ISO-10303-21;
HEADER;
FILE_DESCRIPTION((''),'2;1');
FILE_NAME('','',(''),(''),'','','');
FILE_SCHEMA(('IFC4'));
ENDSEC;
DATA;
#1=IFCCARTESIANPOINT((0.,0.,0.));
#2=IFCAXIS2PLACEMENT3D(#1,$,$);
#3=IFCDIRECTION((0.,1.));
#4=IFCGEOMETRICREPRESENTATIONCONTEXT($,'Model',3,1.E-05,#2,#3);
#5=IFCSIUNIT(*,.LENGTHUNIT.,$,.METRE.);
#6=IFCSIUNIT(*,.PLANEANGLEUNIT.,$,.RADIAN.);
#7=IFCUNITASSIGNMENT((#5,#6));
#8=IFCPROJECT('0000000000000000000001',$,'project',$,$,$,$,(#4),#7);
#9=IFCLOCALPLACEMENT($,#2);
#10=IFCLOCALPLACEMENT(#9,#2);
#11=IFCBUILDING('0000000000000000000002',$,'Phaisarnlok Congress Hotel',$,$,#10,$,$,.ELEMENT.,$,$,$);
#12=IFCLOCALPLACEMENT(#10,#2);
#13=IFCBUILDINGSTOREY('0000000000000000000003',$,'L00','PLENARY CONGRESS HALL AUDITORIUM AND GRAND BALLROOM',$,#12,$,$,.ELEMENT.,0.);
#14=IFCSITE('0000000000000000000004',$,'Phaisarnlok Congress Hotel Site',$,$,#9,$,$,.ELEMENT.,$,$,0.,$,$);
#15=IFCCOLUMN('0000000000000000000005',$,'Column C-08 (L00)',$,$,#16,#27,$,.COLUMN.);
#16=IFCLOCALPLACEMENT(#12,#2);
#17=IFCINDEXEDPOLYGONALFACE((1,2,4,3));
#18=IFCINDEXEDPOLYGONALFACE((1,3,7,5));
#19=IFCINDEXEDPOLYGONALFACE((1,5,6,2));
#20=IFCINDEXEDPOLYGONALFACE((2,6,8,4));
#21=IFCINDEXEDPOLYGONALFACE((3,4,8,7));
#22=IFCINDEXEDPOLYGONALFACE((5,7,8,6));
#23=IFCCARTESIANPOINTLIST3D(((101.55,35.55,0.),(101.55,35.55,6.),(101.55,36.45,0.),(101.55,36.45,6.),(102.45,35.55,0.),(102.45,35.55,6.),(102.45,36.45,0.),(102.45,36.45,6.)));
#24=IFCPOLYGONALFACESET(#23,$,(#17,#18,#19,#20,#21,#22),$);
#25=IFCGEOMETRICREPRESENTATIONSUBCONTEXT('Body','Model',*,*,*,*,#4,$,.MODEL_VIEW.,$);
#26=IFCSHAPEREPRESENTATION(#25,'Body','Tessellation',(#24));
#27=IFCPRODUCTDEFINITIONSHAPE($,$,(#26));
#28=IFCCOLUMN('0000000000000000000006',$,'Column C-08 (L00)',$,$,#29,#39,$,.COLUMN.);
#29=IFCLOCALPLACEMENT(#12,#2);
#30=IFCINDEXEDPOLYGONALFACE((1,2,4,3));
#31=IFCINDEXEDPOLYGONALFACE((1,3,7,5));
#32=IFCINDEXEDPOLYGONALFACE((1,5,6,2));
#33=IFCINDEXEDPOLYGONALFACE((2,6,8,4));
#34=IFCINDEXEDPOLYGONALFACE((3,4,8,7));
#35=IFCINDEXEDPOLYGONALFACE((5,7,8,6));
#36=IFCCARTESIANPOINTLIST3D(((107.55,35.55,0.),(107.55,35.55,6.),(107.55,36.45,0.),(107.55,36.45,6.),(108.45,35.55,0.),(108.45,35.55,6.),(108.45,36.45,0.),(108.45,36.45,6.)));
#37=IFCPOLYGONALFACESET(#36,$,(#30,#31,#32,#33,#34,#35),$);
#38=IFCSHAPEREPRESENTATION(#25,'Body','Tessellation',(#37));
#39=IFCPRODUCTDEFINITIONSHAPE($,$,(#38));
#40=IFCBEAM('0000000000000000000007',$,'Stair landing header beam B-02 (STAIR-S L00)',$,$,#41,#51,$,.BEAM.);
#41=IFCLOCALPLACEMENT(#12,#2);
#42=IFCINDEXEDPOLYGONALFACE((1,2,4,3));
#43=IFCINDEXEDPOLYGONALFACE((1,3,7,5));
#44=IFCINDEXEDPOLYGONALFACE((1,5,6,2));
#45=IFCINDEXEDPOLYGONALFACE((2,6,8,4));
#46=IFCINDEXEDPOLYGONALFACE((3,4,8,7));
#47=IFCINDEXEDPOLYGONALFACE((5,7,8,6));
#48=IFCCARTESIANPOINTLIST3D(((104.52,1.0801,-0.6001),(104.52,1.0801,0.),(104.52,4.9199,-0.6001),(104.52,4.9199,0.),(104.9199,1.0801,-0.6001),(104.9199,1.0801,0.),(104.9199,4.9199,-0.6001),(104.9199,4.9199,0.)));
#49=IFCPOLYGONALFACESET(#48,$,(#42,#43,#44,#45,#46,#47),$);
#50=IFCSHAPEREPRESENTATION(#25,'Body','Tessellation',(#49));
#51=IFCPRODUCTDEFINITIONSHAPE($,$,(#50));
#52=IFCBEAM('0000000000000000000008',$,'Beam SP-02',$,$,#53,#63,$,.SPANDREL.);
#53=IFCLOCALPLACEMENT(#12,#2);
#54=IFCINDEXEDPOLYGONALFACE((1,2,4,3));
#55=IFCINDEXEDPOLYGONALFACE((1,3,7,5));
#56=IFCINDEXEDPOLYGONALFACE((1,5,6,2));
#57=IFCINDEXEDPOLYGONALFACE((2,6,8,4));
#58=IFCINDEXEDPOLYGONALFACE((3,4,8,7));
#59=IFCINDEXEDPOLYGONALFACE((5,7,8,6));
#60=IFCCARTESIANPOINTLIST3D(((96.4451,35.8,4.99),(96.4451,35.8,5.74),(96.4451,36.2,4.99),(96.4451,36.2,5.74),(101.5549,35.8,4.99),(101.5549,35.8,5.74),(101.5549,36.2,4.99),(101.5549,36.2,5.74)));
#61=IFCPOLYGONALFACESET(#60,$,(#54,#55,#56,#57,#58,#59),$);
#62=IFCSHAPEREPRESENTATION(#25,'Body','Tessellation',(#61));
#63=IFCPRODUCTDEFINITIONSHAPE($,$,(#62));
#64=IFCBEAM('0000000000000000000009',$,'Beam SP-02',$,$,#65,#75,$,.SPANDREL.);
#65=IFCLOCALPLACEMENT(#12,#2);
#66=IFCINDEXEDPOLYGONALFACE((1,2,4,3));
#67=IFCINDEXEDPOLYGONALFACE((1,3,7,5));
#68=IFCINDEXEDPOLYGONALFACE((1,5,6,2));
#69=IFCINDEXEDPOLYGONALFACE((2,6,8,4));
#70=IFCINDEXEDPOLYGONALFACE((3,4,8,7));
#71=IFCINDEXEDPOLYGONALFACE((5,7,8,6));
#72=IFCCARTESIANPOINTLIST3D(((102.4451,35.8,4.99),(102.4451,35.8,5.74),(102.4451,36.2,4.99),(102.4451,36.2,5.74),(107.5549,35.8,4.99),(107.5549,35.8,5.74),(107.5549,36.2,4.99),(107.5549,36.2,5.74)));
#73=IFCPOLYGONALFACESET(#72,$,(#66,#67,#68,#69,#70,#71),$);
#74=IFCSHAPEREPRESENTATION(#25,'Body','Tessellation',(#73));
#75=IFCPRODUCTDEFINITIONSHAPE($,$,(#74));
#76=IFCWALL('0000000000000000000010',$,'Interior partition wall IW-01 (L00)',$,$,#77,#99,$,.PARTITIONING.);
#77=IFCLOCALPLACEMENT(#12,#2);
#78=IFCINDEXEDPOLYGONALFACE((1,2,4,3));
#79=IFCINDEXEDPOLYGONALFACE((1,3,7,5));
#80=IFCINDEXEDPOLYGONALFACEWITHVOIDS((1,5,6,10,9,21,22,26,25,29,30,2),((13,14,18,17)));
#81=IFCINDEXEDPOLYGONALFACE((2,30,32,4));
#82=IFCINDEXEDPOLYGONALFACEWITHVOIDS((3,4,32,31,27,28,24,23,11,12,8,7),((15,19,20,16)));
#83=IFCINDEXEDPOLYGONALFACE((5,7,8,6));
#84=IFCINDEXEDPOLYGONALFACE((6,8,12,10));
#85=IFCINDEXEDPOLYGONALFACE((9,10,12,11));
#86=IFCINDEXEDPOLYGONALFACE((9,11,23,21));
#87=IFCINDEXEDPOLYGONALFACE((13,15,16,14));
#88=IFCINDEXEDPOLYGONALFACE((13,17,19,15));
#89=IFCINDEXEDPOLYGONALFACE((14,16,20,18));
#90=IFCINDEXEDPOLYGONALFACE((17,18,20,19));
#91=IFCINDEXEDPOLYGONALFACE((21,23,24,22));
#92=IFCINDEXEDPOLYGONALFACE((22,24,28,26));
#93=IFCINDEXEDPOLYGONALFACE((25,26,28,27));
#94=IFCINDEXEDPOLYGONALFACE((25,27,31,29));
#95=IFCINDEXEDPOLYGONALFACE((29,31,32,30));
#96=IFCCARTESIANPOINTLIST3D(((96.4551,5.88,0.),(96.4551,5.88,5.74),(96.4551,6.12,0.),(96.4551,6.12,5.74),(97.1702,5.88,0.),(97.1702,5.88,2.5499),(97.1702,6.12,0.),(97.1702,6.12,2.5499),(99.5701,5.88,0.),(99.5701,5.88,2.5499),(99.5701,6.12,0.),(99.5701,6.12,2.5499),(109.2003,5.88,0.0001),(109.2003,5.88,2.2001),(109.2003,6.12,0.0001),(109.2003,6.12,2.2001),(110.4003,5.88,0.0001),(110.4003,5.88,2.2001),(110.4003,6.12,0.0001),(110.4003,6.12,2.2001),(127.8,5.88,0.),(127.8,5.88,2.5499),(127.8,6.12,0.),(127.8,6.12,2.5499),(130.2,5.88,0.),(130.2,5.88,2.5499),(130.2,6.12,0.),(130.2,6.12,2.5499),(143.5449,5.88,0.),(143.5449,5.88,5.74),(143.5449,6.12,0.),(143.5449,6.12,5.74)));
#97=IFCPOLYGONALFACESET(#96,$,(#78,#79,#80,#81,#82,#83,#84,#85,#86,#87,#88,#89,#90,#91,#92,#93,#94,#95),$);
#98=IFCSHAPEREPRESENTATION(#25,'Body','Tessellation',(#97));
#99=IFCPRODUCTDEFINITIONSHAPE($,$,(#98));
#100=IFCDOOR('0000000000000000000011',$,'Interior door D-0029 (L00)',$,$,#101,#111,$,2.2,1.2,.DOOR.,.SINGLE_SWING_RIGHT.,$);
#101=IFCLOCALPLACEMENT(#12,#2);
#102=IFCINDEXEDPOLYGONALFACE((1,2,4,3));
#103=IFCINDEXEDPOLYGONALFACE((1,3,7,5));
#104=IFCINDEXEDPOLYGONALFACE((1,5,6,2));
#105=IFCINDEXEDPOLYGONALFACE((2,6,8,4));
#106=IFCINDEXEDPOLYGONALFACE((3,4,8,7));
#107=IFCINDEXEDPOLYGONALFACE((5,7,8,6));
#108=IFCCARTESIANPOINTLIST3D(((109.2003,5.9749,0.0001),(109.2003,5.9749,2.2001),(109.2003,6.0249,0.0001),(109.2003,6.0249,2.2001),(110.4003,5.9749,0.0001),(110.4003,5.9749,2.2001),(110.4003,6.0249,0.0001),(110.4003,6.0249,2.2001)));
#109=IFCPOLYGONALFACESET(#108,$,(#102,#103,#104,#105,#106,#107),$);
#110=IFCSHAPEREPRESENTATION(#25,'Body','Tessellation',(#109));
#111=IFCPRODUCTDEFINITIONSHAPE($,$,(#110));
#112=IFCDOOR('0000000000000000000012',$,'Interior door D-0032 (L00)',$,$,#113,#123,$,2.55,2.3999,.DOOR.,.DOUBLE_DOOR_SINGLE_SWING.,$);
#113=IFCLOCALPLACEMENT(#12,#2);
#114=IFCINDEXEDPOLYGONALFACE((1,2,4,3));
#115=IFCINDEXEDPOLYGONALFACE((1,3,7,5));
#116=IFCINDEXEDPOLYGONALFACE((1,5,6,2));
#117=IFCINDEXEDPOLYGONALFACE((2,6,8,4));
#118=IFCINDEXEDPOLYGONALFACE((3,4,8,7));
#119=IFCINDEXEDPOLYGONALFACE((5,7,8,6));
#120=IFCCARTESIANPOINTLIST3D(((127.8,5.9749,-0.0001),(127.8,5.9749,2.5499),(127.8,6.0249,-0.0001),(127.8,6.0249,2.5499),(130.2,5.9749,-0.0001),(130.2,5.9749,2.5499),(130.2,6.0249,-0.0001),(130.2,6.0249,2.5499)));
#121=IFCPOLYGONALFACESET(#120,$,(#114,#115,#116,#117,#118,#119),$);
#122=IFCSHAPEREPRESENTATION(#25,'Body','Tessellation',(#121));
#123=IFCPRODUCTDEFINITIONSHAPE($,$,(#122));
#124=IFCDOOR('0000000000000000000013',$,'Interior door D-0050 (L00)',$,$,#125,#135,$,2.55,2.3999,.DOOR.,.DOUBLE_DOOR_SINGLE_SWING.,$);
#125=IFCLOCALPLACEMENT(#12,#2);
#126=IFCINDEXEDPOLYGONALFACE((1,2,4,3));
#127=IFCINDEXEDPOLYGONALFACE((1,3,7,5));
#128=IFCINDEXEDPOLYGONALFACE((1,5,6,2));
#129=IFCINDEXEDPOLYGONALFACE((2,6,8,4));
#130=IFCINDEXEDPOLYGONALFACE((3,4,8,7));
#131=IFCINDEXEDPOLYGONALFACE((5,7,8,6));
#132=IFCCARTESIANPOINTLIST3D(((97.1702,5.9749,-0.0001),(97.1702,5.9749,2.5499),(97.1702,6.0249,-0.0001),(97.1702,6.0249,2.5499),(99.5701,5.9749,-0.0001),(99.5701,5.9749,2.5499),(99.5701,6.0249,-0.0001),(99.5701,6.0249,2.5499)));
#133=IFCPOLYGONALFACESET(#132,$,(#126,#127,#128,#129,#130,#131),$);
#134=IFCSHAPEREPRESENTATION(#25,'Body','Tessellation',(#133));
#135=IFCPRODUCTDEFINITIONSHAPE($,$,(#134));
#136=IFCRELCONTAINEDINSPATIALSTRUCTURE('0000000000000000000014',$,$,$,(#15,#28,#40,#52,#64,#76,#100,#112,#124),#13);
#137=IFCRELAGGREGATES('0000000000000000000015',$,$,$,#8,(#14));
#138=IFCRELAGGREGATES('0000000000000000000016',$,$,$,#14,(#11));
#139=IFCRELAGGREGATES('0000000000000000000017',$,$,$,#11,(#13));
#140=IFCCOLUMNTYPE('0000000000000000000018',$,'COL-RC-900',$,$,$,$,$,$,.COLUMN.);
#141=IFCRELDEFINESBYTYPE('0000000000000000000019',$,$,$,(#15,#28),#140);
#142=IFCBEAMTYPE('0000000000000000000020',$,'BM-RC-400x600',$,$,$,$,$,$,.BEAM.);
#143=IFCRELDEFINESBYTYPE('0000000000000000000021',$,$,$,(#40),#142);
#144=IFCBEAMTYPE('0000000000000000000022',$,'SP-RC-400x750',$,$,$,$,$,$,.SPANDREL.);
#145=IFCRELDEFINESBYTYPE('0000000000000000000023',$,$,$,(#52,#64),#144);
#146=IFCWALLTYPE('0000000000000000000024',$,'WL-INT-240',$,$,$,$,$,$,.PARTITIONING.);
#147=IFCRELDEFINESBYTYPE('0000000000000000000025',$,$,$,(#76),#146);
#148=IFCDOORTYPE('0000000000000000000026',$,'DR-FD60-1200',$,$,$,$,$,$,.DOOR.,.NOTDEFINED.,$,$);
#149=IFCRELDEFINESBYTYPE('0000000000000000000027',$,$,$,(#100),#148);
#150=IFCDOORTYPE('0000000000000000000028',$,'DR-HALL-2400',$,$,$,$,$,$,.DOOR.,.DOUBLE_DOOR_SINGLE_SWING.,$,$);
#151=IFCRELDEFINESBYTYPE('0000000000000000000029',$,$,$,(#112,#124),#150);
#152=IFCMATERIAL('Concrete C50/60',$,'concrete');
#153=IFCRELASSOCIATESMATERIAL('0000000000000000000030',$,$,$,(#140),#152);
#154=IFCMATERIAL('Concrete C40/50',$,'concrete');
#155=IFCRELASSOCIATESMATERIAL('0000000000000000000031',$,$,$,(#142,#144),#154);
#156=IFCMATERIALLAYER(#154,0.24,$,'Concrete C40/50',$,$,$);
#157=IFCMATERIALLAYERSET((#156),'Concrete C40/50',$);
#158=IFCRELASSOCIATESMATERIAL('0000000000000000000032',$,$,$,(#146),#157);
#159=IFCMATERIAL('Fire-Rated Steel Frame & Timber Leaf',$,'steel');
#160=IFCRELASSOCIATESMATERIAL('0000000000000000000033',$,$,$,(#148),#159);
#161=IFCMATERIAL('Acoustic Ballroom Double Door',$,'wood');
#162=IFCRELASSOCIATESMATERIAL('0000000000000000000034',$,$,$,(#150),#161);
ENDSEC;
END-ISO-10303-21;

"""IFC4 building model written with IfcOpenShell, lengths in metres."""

from ifc_helpers import new_model, si_unit, direction, frame, frame_2d, origin, origin_2d, place, context, subcontext, project, spatial, rectangle, extrude, material, layer, layer_set, material_profile, profile_set, type_object, element, fill, save


model = new_model("IFC4")

# Units and contexts
model_context = context("Model", 3, precision=1e-05, world=origin(), true_north=direction((0.0, 1.0)))
body_context = subcontext(model_context, "Body", "Model", "MODEL_VIEW")
ifc_project = project(units=[si_unit("LENGTHUNIT", "METRE"), si_unit("PLANEANGLEUNIT", "RADIAN")], contexts=[model_context])

# Site, building, storey
site_placement = place(None, origin())
site = spatial("IfcSite", under=ifc_project, at=site_placement, Name="Phaisarnlok Congress Hotel Site", CompositionType="ELEMENT", RefElevation=0.0)
building_placement = place(site_placement, origin())
building = spatial("IfcBuilding", under=site, at=building_placement, Name="Phaisarnlok Congress Hotel", CompositionType="ELEMENT")
storey_placement = place(building_placement, origin())
storey = spatial("IfcBuildingStorey", under=building, at=storey_placement, Name="L00", Description="PLENARY CONGRESS HALL AUDITORIUM AND GRAND BALLROOM", CompositionType="ELEMENT", Elevation=0.0)

# Columns
ifc_material_1 = material(Name="Concrete C50/60", Category="concrete")
ifc_material_profile_1 = material_profile(ifc_material_1, rectangle(XDim=0.8999, YDim=0.8999, at=origin_2d()), Name="RC 900x900")
ifc_profile_set_1 = profile_set([ifc_material_profile_1], Name="Concrete C50/60")
column_type = type_object("IfcColumnType", Name="COL-RC-900", PredefinedType="COLUMN", material=ifc_profile_set_1)
for number, where, z_axis, x_axis, name in (
    (1, (102.0, 36.0, 0.0), (0.0, 0.0, 1.0), (1.0, 0.0, 0.0), "Column C-08 (L00)"),
    (2, (108.0, 36.0, 0.0), (0.0, 0.0, 1.0), (1.0, 0.0, 0.0), "Column C-08 (L00)"),
):
    element("IfcColumn", number, at=place(storey_placement, frame(where, z_axis=z_axis, x_axis=x_axis)), inside=storey, type_object=column_type, Name=name, PredefinedType="COLUMN", context=body_context, shape_type="SweptSolid", body=[
        extrude(rectangle(XDim=0.8999, YDim=0.8999, at=origin_2d()), origin(), (0.0, 0.0, 1.0), 6.0),
    ])

# Beams
ifc_material_2 = material(Name="Concrete C40/50", Category="concrete")
ifc_material_profile_2 = material_profile(ifc_material_2, rectangle(XDim=0.3999, YDim=0.6001, at=origin_2d()), Name="RC 400x600")
ifc_profile_set_2 = profile_set([ifc_material_profile_2], Name="Concrete C40/50")
beam_type_1 = type_object("IfcBeamType", Name="BM-RC-400x600", PredefinedType="BEAM", material=ifc_profile_set_2)
beam_placement = place(storey_placement, frame((104.72, 1.0801, -0.3), z_axis=(0.0, 1.0, 0.0), x_axis=(-1.0, 0.0, 0.0)))
element("IfcBeam", 3, at=beam_placement, inside=storey, type_object=beam_type_1, Name="Stair landing header beam B-02 (STAIR-S L00)", PredefinedType="BEAM", context=body_context, shape_type="SweptSolid", body=[
    extrude(rectangle(XDim=0.3999, YDim=0.6001, at=origin_2d()), origin(), (0.0, 0.0, 1.0), 3.8398),
])
ifc_material_profile_3 = material_profile(ifc_material_2, rectangle(XDim=0.3999, YDim=0.75, at=origin_2d()), Name="RC 400x750")
ifc_profile_set_3 = profile_set([ifc_material_profile_3], Name="Concrete C40/50")
beam_type_2 = type_object("IfcBeamType", Name="SP-RC-400x750", PredefinedType="SPANDREL", material=ifc_profile_set_3)
for number, where, z_axis, x_axis, name in (
    (4, (96.4451, 36.0, 5.365), (1.0, 0.0, 0.0), (0.0, 1.0, 0.0), "Beam SP-02"),
    (5, (102.4451, 36.0, 5.365), (1.0, 0.0, 0.0), (0.0, 1.0, 0.0), "Beam SP-02"),
):
    element("IfcBeam", number, at=place(storey_placement, frame(where, z_axis=z_axis, x_axis=x_axis)), inside=storey, type_object=beam_type_2, Name=name, PredefinedType="SPANDREL", context=body_context, shape_type="SweptSolid", body=[
        extrude(rectangle(XDim=0.3999, YDim=0.75, at=origin_2d()), origin(), (0.0, 0.0, 1.0), 5.1099),
    ])

# Wall, openings, doors
ifc_layer_1 = layer(ifc_material_2, 0.24, Name="Concrete C40/50")
ifc_layer_set_1 = layer_set([ifc_layer_1], Name="Concrete C40/50")
wall_type_1 = type_object("IfcWallType", Name="WL-INT-240", PredefinedType="PARTITIONING", material=ifc_layer_set_1)
wall_1_placement = place(storey_placement, frame((96.4551, 6.0, 0.0), z_axis=(0.0, 0.0, 1.0), x_axis=(1.0, 0.0, 0.0)))
wall_1 = element("IfcWall", 6, at=wall_1_placement, inside=storey, type_object=wall_type_1, Name="Interior partition wall IW-01 (L00)", PredefinedType="PARTITIONING", context=body_context, shape_type="SweptSolid", body=[
    extrude(rectangle(XDim=47.0898, YDim=0.24, at=frame_2d((23.5449, 0.0))), origin(), (0.0, 0.0, 1.0), 5.74),
])
opening_1_placement = place(wall_1_placement, frame((12.7451, 0.0, 0.0)))
opening_1 = element("IfcOpeningElement", 7, at=opening_1_placement, cuts=wall_1, PredefinedType="OPENING", context=body_context, shape_type="SweptSolid", body=[
    extrude(rectangle(XDim=1.2, YDim=2.2, at=frame_2d((0.6001, 1.1001))), frame((0.0, 0.1299, 0.0), z_axis=(0.0, -1.0, 0.0), x_axis=(1.0, 0.0, 0.0)), (0.0, 0.0, 1.0), 0.26),
])
opening_2_placement = place(wall_1_placement, frame((31.345, 0.0, 0.0)))
opening_2 = element("IfcOpeningElement", 8, at=opening_2_placement, cuts=wall_1, PredefinedType="OPENING", context=body_context, shape_type="SweptSolid", body=[
    extrude(rectangle(XDim=2.3999, YDim=2.55, at=frame_2d((1.2, 1.2749))), frame((0.0, 0.1299, 0.0), z_axis=(0.0, -1.0, 0.0), x_axis=(1.0, 0.0, 0.0)), (0.0, 0.0, 1.0), 0.26),
])
opening_3_placement = place(wall_1_placement, frame((0.7151, 0.0, 0.0)))
opening_3 = element("IfcOpeningElement", 9, at=opening_3_placement, cuts=wall_1, PredefinedType="OPENING", context=body_context, shape_type="SweptSolid", body=[
    extrude(rectangle(XDim=2.3999, YDim=2.55, at=frame_2d((1.2, 1.2749))), frame((0.0, 0.1299, 0.0), z_axis=(0.0, -1.0, 0.0), x_axis=(1.0, 0.0, 0.0)), (0.0, 0.0, 1.0), 0.26),
])
ifc_material_3 = material(Name="Fire-Rated Steel Frame & Timber Leaf", Category="steel")
door_type_1 = type_object("IfcDoorType", Name="DR-FD60-1200", OperationType="NOTDEFINED", PredefinedType="DOOR", material=ifc_material_3)
door_1_placement = place(opening_1_placement, origin())
door_1 = element("IfcDoor", 10, at=door_1_placement, inside=storey, type_object=door_type_1, Name="Interior door D-0029 (L00)", OperationType="SINGLE_SWING_RIGHT", OverallHeight=2.2, OverallWidth=1.2, PredefinedType="DOOR", context=body_context, shape_type="SweptSolid", body=[
    extrude(rectangle(XDim=1.2, YDim=2.2, at=frame_2d((0.6001, 1.1001))), frame((0.0, 0.0249, 0.0), z_axis=(0.0, -1.0, 0.0), x_axis=(1.0, 0.0, 0.0)), (0.0, 0.0, 1.0), 0.05),
])
fill(opening_1, door_1)
ifc_material_4 = material(Name="Acoustic Ballroom Double Door", Category="wood")
door_type_2 = type_object("IfcDoorType", Name="DR-HALL-2400", OperationType="DOUBLE_DOOR_SINGLE_SWING", PredefinedType="DOOR", material=ifc_material_4)
door_2_placement = place(opening_2_placement, origin())
door_2 = element("IfcDoor", 11, at=door_2_placement, inside=storey, type_object=door_type_2, Name="Interior door D-0032 (L00)", OperationType="DOUBLE_DOOR_SINGLE_SWING", OverallHeight=2.55, OverallWidth=2.3999, PredefinedType="DOOR", context=body_context, shape_type="SweptSolid", body=[
    extrude(rectangle(XDim=2.3999, YDim=2.55, at=frame_2d((1.2, 1.2749))), frame((0.0, 0.0249, 0.0), z_axis=(0.0, -1.0, 0.0), x_axis=(1.0, 0.0, 0.0)), (0.0, 0.0, 1.0), 0.05),
])
fill(opening_2, door_2)
door_3_placement = place(opening_3_placement, origin())
door_3 = element("IfcDoor", 12, at=door_3_placement, inside=storey, type_object=door_type_2, Name="Interior door D-0050 (L00)", OperationType="DOUBLE_DOOR_SINGLE_SWING", OverallHeight=2.55, OverallWidth=2.3999, PredefinedType="DOOR", context=body_context, shape_type="SweptSolid", body=[
    extrude(rectangle(XDim=2.3999, YDim=2.55, at=frame_2d((1.2, 1.2749))), frame((0.0, 0.0249, 0.0), z_axis=(0.0, -1.0, 0.0), x_axis=(1.0, 0.0, 0.0)), (0.0, 0.0, 1.0), 0.05),
])
fill(opening_3, door_3)

save(model, "model.ifc")
